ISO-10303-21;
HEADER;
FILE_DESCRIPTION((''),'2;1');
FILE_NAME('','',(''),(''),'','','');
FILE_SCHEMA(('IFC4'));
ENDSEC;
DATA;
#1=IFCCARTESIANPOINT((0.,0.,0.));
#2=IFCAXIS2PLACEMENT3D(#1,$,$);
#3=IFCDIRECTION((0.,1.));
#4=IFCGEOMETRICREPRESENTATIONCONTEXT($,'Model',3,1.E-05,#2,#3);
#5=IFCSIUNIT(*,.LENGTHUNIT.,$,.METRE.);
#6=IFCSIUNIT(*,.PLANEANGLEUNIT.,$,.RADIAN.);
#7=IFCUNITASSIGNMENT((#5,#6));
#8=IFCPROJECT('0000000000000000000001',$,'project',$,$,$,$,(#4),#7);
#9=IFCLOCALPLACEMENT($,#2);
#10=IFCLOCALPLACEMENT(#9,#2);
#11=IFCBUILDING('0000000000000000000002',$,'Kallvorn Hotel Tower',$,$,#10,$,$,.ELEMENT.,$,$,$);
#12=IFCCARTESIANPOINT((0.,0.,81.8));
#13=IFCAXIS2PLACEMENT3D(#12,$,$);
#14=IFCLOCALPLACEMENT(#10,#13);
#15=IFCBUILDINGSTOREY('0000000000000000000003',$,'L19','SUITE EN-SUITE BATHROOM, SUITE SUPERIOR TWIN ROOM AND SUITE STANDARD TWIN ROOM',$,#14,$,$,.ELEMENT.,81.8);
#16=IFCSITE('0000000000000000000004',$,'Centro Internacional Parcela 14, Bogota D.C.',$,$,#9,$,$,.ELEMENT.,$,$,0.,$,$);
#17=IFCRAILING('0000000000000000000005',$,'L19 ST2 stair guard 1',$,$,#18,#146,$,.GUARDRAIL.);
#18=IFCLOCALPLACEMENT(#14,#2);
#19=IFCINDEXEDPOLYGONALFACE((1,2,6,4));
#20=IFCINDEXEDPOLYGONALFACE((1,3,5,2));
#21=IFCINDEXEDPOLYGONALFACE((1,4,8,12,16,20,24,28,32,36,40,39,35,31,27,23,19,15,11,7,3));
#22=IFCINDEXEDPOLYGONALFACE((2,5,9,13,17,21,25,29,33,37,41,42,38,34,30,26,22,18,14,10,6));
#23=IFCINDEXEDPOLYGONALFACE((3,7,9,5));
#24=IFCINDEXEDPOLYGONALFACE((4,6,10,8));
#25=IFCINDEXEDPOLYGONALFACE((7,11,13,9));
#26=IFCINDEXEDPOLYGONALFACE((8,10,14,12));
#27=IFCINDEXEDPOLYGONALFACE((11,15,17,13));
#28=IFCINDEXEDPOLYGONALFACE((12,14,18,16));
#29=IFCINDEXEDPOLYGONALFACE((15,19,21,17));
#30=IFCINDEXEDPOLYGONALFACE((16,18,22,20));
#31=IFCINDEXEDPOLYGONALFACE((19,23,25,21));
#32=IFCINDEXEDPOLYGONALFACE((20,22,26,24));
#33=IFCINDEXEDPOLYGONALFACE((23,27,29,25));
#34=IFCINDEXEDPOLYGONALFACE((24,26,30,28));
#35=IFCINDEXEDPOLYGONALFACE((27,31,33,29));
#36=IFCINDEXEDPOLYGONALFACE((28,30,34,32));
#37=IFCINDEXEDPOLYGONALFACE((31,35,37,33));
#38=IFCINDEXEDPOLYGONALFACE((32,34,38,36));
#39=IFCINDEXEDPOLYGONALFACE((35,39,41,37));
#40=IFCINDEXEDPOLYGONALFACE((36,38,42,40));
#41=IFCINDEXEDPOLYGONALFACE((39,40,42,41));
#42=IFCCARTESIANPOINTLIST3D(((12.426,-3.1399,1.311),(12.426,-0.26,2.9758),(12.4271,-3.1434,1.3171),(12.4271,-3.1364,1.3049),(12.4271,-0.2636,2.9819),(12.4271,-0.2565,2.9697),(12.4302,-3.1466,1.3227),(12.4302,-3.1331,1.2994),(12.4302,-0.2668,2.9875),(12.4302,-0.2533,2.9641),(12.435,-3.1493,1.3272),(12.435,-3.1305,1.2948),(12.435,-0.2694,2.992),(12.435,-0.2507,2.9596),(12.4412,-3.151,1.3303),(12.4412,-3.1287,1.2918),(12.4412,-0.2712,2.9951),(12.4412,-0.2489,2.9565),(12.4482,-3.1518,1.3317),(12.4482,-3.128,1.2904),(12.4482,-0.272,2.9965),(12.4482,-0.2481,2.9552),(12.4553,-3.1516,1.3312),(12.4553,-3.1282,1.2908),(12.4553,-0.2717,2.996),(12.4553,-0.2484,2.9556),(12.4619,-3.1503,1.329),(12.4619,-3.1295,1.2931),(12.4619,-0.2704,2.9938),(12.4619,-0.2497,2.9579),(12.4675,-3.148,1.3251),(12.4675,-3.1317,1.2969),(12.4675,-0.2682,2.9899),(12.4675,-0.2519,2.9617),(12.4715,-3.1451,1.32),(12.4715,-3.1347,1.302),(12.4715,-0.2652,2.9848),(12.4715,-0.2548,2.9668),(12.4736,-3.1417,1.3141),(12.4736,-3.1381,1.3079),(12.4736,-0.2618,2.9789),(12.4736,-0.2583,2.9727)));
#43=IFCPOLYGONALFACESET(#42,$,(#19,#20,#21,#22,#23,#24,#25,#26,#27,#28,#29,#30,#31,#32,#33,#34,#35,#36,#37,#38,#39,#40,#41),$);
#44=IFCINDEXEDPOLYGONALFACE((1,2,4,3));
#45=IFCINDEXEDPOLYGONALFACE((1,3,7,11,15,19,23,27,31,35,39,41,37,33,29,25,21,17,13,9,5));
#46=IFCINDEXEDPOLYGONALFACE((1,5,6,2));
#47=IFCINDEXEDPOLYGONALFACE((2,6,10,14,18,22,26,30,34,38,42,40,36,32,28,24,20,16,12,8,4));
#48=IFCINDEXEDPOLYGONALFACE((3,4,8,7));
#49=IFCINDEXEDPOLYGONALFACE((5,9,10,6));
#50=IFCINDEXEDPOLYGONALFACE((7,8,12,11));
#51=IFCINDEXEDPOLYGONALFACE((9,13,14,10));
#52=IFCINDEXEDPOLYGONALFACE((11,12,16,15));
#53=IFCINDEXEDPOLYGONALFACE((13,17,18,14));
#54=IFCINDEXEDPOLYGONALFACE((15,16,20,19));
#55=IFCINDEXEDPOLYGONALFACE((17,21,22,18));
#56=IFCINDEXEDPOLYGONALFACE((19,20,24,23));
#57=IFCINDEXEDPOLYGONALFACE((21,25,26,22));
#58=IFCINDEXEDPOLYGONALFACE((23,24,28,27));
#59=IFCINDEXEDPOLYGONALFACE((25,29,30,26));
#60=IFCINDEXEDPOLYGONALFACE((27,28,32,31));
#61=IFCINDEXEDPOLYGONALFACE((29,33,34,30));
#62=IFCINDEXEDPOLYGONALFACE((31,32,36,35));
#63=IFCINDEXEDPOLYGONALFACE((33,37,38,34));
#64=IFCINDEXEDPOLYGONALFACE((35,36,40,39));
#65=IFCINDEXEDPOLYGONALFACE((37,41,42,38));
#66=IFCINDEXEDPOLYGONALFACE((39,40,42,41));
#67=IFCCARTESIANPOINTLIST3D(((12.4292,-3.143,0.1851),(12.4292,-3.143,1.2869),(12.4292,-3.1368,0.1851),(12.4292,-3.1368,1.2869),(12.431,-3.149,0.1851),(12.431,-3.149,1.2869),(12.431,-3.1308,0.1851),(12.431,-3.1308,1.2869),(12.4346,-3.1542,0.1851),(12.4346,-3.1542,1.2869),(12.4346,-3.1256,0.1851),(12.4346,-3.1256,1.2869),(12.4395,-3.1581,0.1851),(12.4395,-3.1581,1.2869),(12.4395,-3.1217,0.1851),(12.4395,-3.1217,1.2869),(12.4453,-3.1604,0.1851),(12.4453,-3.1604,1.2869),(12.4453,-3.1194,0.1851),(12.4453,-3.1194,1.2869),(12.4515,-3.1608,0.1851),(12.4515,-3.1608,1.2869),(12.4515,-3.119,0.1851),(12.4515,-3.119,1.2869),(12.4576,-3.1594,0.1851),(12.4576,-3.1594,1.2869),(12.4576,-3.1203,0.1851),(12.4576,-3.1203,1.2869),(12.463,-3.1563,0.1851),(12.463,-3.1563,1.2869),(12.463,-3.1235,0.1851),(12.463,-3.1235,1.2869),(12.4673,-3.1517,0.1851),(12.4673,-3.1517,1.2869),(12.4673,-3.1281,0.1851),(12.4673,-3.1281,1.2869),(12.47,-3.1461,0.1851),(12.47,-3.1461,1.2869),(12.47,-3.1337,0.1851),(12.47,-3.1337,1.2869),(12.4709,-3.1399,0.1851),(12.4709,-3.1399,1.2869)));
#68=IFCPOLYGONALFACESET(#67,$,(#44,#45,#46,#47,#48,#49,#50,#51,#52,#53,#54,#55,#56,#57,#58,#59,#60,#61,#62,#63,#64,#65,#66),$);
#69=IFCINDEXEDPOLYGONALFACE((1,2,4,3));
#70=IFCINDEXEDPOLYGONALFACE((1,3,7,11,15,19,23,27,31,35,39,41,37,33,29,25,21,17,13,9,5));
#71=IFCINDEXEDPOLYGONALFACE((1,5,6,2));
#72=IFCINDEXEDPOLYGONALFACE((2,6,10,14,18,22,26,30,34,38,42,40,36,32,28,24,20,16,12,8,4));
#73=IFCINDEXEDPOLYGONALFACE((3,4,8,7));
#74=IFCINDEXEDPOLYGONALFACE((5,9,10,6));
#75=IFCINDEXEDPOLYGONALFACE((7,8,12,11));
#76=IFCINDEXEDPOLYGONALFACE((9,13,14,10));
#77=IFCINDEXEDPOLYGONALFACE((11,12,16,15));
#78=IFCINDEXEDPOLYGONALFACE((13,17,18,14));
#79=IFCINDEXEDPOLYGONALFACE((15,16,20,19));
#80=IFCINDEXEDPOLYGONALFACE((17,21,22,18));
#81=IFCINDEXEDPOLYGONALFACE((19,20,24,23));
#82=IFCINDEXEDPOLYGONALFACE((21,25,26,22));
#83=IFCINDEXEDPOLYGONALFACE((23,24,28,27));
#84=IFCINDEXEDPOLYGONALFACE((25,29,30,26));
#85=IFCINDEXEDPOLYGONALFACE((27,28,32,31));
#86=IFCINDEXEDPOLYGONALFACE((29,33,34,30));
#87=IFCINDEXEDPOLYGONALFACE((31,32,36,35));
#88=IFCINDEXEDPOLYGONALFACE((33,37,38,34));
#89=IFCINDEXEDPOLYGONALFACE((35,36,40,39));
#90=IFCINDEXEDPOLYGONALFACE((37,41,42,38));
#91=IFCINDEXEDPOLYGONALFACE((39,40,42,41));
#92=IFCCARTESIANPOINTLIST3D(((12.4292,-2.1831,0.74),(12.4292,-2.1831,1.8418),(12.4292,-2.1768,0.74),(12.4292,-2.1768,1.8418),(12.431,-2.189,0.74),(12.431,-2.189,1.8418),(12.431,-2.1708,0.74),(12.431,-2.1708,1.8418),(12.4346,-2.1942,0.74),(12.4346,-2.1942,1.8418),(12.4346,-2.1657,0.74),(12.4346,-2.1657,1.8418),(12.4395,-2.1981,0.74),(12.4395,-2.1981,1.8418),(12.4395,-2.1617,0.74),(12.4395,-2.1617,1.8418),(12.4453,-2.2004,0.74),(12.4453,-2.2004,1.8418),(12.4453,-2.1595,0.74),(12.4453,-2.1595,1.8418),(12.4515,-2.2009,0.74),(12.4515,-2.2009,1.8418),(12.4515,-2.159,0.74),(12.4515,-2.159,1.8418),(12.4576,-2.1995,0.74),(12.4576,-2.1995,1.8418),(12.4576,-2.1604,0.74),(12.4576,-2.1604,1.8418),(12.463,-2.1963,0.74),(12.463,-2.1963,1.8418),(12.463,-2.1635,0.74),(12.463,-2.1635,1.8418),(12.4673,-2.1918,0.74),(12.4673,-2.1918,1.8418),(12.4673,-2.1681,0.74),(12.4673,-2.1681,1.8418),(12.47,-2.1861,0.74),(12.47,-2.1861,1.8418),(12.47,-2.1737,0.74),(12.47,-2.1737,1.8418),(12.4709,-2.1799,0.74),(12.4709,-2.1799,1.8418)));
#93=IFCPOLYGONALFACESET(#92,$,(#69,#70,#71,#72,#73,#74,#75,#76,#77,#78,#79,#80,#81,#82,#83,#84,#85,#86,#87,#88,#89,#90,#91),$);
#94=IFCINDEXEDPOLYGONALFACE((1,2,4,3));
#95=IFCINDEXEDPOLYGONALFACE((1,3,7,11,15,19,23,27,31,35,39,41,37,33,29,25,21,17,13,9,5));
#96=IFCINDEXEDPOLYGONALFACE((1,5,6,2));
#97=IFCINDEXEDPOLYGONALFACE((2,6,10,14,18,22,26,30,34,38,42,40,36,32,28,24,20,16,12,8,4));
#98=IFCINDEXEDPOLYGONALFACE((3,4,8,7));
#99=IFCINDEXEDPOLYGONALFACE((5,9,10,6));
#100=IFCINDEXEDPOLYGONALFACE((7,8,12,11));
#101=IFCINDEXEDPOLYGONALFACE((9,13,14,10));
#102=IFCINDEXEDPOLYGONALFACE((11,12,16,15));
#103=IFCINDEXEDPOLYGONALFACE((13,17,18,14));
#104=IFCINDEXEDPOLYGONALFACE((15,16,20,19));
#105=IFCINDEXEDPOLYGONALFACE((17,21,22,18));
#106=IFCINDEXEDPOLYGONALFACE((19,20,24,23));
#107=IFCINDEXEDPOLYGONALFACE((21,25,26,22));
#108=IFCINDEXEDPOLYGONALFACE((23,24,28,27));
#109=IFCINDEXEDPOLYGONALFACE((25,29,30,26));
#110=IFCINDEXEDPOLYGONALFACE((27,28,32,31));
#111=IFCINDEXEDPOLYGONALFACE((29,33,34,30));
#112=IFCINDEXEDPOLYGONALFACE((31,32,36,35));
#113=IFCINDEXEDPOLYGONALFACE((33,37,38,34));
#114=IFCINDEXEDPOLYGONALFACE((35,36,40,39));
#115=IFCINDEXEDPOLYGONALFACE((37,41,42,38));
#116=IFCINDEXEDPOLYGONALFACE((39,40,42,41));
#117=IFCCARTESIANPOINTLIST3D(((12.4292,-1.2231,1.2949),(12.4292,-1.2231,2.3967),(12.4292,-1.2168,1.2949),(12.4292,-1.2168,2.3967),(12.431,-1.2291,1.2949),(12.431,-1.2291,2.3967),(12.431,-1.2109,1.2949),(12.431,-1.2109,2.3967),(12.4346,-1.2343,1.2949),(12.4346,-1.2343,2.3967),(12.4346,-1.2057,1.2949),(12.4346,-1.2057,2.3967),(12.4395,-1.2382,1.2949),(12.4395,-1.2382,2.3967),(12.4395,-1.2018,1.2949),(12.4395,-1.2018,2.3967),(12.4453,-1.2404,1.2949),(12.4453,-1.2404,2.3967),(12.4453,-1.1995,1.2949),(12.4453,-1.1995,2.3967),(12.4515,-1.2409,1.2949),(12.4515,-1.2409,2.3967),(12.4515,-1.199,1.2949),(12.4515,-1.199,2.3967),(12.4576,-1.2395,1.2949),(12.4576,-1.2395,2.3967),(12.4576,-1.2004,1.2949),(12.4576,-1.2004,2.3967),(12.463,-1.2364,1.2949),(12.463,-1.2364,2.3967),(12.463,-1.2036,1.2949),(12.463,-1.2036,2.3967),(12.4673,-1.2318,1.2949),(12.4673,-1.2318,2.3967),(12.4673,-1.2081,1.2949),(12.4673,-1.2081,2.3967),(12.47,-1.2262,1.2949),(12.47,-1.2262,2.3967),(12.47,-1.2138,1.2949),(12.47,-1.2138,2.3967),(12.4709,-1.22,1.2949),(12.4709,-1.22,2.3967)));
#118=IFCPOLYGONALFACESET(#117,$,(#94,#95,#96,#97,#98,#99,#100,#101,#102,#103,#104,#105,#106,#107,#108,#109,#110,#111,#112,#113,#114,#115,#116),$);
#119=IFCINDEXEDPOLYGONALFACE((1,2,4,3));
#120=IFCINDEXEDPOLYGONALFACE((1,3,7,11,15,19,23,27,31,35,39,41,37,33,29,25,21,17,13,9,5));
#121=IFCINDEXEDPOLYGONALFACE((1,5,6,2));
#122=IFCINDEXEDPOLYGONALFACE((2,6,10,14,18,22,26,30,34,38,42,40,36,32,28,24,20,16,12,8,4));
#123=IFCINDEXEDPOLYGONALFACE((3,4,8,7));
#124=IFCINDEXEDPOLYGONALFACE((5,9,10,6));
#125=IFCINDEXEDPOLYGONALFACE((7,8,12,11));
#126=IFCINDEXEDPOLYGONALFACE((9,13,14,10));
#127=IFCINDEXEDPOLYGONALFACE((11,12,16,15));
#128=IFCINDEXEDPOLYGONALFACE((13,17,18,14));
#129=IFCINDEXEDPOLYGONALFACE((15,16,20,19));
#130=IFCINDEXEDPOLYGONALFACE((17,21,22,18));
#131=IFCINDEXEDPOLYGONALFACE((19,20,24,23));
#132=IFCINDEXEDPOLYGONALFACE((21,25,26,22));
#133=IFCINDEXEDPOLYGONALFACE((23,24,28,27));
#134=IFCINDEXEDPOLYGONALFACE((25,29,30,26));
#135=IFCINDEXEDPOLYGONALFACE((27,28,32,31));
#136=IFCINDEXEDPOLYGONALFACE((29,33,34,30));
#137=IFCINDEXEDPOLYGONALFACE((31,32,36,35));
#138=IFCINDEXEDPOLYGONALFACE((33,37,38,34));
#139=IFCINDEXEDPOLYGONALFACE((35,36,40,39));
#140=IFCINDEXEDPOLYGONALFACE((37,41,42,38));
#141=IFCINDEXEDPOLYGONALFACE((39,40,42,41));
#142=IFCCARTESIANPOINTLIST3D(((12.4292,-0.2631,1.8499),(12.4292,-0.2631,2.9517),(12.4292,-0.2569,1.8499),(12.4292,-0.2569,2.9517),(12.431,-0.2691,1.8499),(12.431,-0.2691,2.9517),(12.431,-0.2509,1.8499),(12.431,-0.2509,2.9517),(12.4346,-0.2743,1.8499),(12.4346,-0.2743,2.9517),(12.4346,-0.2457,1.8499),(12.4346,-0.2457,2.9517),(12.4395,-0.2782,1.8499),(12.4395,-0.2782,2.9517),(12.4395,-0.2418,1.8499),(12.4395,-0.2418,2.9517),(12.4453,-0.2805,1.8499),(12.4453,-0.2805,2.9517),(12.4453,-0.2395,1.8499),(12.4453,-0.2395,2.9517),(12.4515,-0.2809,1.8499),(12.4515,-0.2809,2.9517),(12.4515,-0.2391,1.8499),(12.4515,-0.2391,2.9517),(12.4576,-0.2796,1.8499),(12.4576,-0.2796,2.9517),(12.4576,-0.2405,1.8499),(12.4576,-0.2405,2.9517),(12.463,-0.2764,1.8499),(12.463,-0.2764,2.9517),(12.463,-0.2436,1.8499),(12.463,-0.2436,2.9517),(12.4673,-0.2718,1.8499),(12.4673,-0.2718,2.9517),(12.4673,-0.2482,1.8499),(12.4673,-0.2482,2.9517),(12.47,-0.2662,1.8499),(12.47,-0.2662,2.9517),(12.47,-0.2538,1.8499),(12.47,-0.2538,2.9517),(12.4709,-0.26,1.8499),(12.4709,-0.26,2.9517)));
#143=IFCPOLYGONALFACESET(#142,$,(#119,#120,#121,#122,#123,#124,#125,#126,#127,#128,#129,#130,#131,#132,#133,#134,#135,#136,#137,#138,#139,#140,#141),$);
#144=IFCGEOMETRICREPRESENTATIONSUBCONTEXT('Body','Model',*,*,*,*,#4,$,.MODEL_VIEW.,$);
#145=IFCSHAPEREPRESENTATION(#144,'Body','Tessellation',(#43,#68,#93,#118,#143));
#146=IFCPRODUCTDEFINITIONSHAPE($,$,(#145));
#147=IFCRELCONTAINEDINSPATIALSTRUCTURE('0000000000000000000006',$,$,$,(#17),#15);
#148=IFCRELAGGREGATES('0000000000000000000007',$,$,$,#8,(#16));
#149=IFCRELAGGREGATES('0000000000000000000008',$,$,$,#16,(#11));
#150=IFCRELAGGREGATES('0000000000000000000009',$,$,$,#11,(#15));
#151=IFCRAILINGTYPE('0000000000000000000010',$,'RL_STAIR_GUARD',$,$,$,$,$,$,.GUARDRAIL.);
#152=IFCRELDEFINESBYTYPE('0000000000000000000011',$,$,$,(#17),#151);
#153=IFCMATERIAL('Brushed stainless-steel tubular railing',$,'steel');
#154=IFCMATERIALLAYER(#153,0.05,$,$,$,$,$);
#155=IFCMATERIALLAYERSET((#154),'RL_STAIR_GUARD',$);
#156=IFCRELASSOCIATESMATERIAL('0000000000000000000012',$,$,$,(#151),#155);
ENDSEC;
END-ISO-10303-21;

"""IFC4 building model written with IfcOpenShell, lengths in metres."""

from ifc_helpers import new_model, si_unit, direction, frame, origin, origin_2d, place, context, subcontext, project, spatial, circle, extrude, material, layer, layer_set, type_object, element, save


model = new_model("IFC4")

# Units and contexts
model_context = context("Model", 3, precision=1e-05, world=origin(), true_north=direction((0.0, 1.0)))
body_context = subcontext(model_context, "Body", "Model", "MODEL_VIEW")
ifc_project = project(units=[si_unit("LENGTHUNIT", "METRE"), si_unit("PLANEANGLEUNIT", "RADIAN")], contexts=[model_context])

# Site, building, storey
site_placement = place(None, origin())
site = spatial("IfcSite", under=ifc_project, at=site_placement, Name="Centro Internacional Parcela 14, Bogota D.C.", CompositionType="ELEMENT", RefElevation=0.0)
building_placement = place(site_placement, origin())
building = spatial("IfcBuilding", under=site, at=building_placement, Name="Kallvorn Hotel Tower", CompositionType="ELEMENT")
storey_placement = place(building_placement, frame((0.0, 0.0, 81.8)))
storey = spatial("IfcBuildingStorey", under=building, at=storey_placement, Name="L19", Description="SUITE EN-SUITE BATHROOM, SUITE SUPERIOR TWIN ROOM AND SUITE STANDARD TWIN ROOM", CompositionType="ELEMENT", Elevation=81.8)

# Railing
ifc_material_1 = material(Name="Brushed stainless-steel tubular railing", Category="steel")
ifc_layer_1 = layer(ifc_material_1, 0.05)
ifc_layer_set_1 = layer_set([ifc_layer_1], Name="RL_STAIR_GUARD")
railing_type = type_object("IfcRailingType", Name="RL_STAIR_GUARD", PredefinedType="GUARDRAIL", material=ifc_layer_set_1)
railing_1_placement = place(storey_placement, frame((12.45, -3.1399, 0.1851)))
element("IfcRailing", 1, at=railing_1_placement, inside=storey, type_object=railing_type, Name="L19 ST2 stair guard 1", PredefinedType="GUARDRAIL", context=body_context, shape_type="SweptSolid", body=[
    extrude(circle(Radius=0.0239, at=origin_2d()), frame((0.0, 0.0, 1.126), z_axis=(0.0, 0.865753, 0.500472), x_axis=(-1.0, 0.0, 0.0)), (0.0, 0.0, 1.0), 3.3264),
    extrude(circle(Radius=0.021, at=origin_2d()), origin(), (0.0, 0.0, 1.0), 1.1018),
    extrude(circle(Radius=0.021, at=origin_2d()), frame((0.0, 0.96, 0.5549)), (0.0, 0.0, 1.0), 1.1018),
    extrude(circle(Radius=0.021, at=origin_2d()), frame((0.0, 1.9199, 1.1099)), (0.0, 0.0, 1.0), 1.1018),
    extrude(circle(Radius=0.021, at=origin_2d()), frame((0.0, 2.8799, 1.6648)), (0.0, 0.0, 1.0), 1.1018),
])

save(model, "model.ifc")
